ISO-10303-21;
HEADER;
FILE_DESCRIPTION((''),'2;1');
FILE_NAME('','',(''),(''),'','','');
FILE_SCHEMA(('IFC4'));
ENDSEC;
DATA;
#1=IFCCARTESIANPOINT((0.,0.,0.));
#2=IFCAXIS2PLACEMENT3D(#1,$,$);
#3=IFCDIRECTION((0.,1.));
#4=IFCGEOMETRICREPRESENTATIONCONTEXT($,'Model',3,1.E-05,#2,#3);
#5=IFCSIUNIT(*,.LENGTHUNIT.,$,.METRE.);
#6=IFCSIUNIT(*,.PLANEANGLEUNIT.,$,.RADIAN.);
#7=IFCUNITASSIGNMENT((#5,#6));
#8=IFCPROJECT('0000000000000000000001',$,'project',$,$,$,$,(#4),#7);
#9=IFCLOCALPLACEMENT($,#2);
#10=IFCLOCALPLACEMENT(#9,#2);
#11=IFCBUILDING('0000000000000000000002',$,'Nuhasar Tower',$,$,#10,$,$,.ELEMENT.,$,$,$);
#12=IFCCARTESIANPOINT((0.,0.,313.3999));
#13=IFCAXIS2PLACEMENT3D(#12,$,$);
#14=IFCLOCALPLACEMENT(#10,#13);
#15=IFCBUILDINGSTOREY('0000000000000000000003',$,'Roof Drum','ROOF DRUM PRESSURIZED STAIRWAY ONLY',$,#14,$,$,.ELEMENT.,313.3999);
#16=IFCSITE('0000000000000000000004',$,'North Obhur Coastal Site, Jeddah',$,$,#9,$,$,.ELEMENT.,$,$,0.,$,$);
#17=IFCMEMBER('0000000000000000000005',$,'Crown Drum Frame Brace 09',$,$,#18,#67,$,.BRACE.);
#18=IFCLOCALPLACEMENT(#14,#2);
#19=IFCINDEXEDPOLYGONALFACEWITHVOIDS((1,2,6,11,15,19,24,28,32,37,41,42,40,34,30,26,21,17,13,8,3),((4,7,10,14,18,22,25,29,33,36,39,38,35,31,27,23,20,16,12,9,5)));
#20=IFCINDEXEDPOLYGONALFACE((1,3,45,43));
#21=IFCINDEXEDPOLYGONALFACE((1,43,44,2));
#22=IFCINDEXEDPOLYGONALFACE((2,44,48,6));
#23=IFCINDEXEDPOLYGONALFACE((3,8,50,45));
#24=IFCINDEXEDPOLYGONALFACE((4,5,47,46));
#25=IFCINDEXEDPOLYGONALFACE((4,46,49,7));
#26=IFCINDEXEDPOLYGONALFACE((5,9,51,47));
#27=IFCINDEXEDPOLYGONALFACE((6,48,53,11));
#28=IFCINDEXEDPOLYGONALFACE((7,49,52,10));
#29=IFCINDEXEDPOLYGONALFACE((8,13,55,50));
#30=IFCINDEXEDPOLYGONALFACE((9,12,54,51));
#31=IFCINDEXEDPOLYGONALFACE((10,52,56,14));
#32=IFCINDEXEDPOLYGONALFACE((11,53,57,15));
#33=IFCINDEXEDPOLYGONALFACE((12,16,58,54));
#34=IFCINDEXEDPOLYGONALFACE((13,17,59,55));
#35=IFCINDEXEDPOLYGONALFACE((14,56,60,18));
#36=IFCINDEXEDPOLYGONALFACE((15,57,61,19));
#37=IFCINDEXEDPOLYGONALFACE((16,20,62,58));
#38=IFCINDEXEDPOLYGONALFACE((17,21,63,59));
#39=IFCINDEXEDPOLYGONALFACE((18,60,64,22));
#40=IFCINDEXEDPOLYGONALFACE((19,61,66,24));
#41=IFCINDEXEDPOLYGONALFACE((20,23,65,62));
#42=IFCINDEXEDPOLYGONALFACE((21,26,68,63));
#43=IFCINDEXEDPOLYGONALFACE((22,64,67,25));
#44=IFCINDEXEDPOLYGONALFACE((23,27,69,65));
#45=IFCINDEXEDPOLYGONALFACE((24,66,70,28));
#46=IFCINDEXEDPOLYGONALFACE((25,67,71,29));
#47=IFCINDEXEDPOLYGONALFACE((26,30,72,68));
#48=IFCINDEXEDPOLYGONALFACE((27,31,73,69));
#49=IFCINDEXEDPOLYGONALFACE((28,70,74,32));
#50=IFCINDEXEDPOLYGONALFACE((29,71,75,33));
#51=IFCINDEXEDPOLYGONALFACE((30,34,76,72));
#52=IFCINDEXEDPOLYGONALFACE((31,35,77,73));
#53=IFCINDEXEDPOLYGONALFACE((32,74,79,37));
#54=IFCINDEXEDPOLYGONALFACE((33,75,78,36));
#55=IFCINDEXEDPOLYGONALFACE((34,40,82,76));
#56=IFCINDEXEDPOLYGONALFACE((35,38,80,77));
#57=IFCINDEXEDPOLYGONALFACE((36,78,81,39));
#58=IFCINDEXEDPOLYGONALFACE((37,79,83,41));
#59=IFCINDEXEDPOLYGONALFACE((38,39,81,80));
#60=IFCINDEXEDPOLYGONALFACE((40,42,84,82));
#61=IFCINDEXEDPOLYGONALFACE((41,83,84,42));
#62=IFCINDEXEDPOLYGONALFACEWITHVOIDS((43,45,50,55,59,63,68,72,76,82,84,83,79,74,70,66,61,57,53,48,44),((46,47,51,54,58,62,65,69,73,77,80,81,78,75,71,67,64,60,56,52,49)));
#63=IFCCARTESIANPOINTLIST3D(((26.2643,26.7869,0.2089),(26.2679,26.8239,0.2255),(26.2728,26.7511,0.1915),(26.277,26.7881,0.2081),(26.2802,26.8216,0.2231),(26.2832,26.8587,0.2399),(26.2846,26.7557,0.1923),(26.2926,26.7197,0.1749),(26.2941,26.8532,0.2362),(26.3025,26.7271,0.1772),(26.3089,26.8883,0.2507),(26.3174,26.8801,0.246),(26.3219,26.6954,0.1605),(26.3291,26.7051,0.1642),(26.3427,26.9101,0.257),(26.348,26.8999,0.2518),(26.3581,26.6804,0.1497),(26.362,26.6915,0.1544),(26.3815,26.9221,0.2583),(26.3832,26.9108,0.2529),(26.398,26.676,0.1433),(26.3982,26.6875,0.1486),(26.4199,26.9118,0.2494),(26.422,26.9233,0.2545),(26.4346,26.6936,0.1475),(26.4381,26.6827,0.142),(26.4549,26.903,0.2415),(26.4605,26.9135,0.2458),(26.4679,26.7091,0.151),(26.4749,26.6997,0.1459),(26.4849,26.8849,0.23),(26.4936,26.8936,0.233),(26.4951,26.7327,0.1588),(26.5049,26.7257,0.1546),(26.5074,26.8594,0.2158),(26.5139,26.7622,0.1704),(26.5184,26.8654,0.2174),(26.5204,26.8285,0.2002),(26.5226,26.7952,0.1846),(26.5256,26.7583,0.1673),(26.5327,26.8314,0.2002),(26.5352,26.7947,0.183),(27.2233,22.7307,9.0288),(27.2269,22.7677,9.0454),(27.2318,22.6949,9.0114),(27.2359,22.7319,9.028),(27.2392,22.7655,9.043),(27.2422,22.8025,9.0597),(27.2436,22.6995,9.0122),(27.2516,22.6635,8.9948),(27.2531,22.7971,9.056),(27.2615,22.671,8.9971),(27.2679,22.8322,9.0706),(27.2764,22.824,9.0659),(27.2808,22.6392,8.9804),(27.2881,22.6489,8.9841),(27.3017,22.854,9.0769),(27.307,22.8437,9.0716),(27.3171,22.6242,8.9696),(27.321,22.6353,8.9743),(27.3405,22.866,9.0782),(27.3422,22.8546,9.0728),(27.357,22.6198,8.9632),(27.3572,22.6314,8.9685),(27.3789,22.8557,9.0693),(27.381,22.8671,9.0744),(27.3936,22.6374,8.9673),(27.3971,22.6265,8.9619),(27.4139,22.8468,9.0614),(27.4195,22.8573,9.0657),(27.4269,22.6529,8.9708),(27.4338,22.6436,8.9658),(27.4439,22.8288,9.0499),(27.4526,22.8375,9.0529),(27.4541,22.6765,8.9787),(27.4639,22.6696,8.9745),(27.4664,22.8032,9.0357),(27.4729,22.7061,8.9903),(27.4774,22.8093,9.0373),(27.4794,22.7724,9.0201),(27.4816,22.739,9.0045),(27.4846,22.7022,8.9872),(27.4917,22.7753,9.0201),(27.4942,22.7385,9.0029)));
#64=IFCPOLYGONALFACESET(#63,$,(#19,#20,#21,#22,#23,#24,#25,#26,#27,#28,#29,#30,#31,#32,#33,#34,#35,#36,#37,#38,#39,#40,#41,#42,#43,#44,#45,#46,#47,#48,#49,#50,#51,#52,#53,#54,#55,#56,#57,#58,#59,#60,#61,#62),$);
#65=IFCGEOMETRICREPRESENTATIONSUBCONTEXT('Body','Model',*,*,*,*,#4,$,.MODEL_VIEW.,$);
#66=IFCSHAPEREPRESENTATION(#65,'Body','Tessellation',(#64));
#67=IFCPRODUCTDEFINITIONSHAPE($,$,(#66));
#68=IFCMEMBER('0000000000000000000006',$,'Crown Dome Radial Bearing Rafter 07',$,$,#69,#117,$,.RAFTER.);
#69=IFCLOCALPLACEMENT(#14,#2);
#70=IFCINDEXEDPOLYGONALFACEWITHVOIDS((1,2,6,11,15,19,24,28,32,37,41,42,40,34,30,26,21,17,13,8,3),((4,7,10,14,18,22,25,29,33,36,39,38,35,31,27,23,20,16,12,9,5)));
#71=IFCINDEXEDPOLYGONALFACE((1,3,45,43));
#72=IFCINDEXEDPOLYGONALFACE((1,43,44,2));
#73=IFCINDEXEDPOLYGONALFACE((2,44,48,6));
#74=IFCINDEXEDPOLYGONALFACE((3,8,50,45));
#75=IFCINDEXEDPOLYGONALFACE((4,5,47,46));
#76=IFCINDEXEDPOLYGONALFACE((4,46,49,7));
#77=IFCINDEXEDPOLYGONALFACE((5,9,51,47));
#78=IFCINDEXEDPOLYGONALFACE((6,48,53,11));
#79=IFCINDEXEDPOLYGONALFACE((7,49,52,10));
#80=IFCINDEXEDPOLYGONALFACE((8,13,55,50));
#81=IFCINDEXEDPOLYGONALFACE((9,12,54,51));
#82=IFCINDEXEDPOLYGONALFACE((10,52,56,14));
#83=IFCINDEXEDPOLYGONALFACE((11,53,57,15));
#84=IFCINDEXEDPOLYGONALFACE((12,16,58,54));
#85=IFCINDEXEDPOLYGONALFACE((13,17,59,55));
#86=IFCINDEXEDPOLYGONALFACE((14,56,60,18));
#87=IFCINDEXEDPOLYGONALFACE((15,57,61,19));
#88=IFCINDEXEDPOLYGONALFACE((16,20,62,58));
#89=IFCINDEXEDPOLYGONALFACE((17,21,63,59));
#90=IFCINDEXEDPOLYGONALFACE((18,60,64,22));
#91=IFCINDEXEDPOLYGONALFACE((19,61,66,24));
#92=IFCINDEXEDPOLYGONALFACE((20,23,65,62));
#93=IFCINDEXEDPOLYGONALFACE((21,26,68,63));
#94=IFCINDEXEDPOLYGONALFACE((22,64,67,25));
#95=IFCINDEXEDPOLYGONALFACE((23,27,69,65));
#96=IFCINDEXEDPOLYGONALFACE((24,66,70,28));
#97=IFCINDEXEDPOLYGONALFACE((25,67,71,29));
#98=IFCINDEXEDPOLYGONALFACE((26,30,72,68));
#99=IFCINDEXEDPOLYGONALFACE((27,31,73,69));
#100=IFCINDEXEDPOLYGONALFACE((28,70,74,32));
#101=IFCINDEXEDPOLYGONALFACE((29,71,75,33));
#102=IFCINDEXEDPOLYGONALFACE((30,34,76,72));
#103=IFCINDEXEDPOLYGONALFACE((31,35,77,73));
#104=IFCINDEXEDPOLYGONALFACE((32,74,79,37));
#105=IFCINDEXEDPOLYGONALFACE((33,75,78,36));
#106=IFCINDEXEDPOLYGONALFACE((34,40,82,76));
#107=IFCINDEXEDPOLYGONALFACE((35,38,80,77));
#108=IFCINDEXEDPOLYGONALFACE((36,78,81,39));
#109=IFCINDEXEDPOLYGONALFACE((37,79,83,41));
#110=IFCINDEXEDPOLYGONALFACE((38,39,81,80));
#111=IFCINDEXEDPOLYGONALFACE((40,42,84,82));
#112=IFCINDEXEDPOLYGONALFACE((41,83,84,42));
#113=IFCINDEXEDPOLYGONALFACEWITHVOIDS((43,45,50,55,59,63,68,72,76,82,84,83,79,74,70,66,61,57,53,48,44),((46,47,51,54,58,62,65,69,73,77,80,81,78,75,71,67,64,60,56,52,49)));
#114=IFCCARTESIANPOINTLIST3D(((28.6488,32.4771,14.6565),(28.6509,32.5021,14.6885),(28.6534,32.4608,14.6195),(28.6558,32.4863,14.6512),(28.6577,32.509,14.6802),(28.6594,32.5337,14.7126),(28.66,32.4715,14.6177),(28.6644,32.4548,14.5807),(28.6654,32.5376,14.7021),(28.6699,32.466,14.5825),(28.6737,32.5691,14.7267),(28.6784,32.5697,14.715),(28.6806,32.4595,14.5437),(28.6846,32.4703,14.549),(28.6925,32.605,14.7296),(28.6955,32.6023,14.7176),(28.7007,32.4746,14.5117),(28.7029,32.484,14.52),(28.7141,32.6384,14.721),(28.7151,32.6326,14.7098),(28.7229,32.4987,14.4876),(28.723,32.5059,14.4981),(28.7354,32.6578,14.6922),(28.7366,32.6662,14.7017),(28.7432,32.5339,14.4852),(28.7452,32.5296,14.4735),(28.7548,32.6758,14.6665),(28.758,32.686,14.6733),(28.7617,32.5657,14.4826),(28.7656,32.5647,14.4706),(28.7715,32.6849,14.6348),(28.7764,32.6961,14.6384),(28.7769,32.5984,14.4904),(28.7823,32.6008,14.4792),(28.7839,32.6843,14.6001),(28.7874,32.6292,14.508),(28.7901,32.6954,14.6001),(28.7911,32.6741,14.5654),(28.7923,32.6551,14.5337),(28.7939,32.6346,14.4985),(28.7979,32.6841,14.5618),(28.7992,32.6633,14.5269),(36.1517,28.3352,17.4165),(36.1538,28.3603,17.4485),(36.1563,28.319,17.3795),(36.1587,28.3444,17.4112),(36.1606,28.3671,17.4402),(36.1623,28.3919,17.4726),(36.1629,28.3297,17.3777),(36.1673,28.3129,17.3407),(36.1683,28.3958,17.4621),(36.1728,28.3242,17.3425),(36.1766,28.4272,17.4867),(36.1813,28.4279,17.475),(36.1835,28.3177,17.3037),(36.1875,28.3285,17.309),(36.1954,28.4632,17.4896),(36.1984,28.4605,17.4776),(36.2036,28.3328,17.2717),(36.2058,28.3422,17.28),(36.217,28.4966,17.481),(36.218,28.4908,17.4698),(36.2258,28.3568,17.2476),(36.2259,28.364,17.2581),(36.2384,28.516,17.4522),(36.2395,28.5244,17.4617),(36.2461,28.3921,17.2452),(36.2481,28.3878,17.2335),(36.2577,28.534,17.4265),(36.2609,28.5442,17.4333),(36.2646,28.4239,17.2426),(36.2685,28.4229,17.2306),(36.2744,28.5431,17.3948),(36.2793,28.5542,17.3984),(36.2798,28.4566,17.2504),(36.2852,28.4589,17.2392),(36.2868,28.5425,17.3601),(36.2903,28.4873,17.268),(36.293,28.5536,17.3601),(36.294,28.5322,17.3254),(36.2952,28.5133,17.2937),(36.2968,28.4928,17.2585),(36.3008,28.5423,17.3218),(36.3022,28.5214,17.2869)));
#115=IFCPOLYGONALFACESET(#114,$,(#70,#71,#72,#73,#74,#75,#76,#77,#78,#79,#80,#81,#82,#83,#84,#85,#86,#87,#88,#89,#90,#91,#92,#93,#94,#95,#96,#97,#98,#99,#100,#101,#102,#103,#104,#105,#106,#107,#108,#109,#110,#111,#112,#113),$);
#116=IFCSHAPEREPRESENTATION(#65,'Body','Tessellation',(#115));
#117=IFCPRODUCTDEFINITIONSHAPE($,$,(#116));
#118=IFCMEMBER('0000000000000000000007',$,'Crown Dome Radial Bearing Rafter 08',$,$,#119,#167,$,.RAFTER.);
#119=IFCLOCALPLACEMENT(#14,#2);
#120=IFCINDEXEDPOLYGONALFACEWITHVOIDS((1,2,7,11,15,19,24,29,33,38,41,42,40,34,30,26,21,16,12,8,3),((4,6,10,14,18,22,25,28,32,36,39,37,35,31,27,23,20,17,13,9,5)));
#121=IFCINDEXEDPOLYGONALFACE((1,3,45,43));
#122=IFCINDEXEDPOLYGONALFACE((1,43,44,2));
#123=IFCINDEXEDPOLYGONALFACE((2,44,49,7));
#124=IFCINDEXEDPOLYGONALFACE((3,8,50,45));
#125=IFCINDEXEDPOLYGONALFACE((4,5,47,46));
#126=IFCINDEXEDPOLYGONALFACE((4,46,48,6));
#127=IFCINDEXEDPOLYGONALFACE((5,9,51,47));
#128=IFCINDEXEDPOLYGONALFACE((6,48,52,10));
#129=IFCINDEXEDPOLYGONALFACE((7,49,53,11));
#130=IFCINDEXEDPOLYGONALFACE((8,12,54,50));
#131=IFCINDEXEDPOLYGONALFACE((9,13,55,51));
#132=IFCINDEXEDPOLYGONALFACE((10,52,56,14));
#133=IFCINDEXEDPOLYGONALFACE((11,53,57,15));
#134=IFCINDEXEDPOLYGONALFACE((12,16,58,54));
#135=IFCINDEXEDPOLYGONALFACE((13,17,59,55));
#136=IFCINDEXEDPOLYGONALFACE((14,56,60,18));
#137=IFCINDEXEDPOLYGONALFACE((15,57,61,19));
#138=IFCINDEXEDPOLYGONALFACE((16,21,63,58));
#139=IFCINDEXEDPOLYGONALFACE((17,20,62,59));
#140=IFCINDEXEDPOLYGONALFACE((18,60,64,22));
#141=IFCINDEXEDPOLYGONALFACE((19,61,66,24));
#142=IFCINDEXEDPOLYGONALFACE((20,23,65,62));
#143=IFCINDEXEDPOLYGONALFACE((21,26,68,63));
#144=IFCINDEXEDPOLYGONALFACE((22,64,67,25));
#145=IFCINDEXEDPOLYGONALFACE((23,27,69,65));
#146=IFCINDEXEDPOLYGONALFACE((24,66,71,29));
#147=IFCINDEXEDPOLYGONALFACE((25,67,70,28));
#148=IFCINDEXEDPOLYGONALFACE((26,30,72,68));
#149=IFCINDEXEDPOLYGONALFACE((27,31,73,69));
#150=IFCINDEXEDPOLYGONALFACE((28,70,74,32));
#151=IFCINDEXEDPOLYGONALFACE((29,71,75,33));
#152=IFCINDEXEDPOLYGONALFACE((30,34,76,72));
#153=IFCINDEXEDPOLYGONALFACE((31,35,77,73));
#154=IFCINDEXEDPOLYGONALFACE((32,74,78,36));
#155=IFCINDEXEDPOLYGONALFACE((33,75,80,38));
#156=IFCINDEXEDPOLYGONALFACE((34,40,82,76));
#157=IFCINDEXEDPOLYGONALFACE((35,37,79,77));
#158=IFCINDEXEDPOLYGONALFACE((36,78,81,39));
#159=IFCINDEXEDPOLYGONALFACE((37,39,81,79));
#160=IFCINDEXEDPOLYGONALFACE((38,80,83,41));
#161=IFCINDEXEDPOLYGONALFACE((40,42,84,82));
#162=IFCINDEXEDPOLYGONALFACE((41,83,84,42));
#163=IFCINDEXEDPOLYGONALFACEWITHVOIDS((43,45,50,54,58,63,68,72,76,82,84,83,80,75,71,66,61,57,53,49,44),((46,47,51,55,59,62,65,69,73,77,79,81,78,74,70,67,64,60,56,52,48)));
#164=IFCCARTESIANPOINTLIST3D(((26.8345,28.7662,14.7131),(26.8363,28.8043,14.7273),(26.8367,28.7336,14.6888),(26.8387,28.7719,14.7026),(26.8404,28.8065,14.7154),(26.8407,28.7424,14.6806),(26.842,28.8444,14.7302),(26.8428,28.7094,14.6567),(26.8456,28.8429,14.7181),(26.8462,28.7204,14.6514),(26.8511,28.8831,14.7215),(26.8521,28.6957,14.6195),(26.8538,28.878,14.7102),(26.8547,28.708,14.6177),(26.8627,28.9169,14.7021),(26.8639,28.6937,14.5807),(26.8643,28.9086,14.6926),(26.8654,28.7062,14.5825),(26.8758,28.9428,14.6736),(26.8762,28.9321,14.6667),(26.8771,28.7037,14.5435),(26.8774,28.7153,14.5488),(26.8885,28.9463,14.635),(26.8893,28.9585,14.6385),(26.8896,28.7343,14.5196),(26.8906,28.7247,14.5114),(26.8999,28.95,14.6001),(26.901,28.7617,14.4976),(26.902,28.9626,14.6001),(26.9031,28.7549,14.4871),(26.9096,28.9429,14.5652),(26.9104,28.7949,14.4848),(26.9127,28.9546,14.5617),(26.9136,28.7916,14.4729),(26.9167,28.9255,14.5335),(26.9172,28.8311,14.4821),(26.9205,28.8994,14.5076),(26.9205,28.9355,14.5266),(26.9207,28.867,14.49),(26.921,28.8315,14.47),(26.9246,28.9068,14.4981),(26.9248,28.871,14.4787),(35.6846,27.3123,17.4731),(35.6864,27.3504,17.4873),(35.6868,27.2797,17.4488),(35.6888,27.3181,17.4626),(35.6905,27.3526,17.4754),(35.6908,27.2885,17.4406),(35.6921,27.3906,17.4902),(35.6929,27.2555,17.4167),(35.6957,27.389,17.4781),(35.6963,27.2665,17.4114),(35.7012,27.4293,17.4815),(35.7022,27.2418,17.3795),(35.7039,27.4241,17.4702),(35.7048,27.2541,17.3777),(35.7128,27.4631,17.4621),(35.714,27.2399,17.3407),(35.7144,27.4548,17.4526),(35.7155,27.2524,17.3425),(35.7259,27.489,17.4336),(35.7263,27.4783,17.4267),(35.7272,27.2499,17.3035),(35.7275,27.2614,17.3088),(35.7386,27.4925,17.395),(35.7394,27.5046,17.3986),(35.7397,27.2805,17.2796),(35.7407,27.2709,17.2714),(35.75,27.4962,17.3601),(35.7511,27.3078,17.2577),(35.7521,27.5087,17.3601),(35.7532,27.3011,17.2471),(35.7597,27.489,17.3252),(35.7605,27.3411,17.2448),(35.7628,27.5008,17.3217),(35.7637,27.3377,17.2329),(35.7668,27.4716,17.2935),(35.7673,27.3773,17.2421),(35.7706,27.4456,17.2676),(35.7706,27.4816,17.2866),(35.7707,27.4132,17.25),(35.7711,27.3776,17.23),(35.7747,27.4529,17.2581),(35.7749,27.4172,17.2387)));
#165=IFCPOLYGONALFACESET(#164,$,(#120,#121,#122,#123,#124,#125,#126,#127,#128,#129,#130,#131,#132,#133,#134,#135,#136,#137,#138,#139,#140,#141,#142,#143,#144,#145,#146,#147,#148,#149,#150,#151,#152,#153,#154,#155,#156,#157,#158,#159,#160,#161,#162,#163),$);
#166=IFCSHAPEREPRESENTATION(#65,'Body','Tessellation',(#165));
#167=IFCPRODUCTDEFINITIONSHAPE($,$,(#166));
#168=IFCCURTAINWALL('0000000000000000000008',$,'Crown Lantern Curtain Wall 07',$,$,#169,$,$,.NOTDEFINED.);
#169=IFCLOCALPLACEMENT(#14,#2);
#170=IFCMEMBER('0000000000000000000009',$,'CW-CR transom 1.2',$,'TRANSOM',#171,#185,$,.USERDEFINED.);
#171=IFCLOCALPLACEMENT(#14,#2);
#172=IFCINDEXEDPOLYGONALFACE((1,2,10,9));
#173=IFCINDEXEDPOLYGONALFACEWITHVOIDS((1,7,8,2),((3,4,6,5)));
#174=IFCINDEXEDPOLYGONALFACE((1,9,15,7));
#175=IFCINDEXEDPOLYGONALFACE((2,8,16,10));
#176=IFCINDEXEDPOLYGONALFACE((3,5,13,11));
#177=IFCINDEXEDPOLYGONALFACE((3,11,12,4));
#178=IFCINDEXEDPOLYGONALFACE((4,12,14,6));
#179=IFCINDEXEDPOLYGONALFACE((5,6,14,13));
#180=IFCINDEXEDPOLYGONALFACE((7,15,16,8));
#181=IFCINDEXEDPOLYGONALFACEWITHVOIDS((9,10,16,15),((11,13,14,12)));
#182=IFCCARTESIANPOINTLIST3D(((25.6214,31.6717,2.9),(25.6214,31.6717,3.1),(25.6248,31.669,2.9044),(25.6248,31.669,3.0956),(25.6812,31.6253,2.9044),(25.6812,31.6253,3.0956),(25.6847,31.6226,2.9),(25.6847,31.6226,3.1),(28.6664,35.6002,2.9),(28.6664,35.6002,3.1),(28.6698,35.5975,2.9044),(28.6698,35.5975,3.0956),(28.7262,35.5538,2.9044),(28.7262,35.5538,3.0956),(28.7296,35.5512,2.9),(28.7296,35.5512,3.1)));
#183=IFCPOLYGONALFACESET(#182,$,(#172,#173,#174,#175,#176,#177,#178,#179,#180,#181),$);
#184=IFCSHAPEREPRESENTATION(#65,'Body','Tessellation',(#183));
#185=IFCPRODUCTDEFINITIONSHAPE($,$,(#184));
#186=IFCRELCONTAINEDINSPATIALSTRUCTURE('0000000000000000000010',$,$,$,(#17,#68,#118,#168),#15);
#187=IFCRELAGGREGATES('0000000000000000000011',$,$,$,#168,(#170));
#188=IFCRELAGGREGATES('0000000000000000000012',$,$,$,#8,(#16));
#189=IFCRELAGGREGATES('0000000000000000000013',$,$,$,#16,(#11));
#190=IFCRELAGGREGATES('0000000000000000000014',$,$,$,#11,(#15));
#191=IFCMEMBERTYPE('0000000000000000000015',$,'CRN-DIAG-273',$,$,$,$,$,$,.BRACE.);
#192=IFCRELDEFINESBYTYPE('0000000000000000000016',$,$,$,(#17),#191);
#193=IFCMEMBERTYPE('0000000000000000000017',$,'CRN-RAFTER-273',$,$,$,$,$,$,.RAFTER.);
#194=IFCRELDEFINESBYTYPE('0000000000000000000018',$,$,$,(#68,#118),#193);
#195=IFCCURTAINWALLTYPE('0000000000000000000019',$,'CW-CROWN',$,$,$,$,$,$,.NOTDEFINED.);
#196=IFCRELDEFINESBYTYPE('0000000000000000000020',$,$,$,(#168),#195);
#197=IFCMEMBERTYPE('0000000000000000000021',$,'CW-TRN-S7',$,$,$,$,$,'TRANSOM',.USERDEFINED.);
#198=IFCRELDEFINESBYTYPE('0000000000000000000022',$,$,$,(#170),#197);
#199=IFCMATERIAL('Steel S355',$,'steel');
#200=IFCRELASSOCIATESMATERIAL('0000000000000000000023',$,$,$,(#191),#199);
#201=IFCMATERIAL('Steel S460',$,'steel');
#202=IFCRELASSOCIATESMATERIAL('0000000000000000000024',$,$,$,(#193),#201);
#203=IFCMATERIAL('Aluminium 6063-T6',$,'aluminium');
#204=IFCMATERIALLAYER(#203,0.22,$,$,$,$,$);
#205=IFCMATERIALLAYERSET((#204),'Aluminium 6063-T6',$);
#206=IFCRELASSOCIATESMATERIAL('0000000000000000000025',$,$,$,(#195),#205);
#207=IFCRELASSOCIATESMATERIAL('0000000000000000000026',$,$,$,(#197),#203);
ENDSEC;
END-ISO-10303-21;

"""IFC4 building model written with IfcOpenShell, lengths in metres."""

from ifc_helpers import new_model, si_unit, direction, frame, origin, origin_2d, place, context, subcontext, project, spatial, hollow_rectangle, hollow_circle, extrude, material, layer, layer_set, material_profile, profile_set, type_object, element, aggregate, save


model = new_model("IFC4")

# Units and contexts
model_context = context("Model", 3, precision=1e-05, world=origin(), true_north=direction((0.0, 1.0)))
body_context = subcontext(model_context, "Body", "Model", "MODEL_VIEW")
ifc_project = project(units=[si_unit("LENGTHUNIT", "METRE"), si_unit("PLANEANGLEUNIT", "RADIAN")], contexts=[model_context])

# Site, building, storey
site_placement = place(None, origin())
site = spatial("IfcSite", under=ifc_project, at=site_placement, Name="North Obhur Coastal Site, Jeddah", CompositionType="ELEMENT", RefElevation=0.0)
building_placement = place(site_placement, origin())
building = spatial("IfcBuilding", under=site, at=building_placement, Name="Nuhasar Tower", CompositionType="ELEMENT")
storey_placement = place(building_placement, frame((0.0, 0.0, 313.3999)))
storey = spatial("IfcBuildingStorey", under=building, at=storey_placement, Name="Roof Drum", Description="ROOF DRUM PRESSURIZED STAIRWAY ONLY", CompositionType="ELEMENT", Elevation=313.3999)

# Shared definitions
ifc_material_1 = material(Name="Steel S355", Category="steel")
ifc_material_2 = material(Name="Steel S460", Category="steel")

# Members
ifc_material_profile_1 = material_profile(ifc_material_1, hollow_circle(Radius=0.1365, WallThickness=0.0127, at=origin_2d()), Name="HSS273.1X12.7")
ifc_profile_set_1 = profile_set([ifc_material_profile_1], Name="Steel S355")
member_type_1 = type_object("IfcMemberType", Name="CRN-DIAG-273", PredefinedType="BRACE", material=ifc_profile_set_1)
member_1_placement = place(storey_placement, frame((26.3999, 26.8, 0.2002), z_axis=(0.098306, -0.4158, 0.904128), x_axis=(0.973171, 0.230084, 0.0)))
element("IfcMember", 1, at=member_1_placement, inside=storey, type_object=member_type_1, Name="Crown Drum Frame Brace 09", PredefinedType="BRACE", context=body_context, shape_type="SweptSolid", body=[
    extrude(hollow_circle(Radius=0.1365, WallThickness=0.0127, at=origin_2d()), origin(), (0.0, 0.0, 1.0), 9.7551),
])
ifc_material_profile_2 = material_profile(ifc_material_2, hollow_circle(Radius=0.1365, WallThickness=0.0127, at=origin_2d()), Name="HSS273.1X12.7")
ifc_profile_set_2 = profile_set([ifc_material_profile_2], Name="Steel S460")
member_type_2 = type_object("IfcMemberType", Name="CRN-RAFTER-273", PredefinedType="RAFTER", material=ifc_profile_set_2)
member_2_placement = place(storey_placement, frame((28.7241, 32.5759, 14.6001), z_axis=(0.833317, -0.460016, 0.306542), x_axis=(0.483283, 0.875464, 0.0)))
element("IfcMember", 2, at=member_2_placement, inside=storey, type_object=member_type_2, Name="Crown Dome Radial Bearing Rafter 07", PredefinedType="RAFTER", context=body_context, shape_type="SweptSolid", body=[
    extrude(hollow_circle(Radius=0.1365, WallThickness=0.0127, at=origin_2d()), origin(), (0.0, 0.0, 1.0), 9.0037),
])
member_3_placement = place(storey_placement, frame((26.8799, 28.8279, 14.6001), z_axis=(0.943126, -0.154933, 0.294125), x_axis=(0.162103, 0.986774, 0.0)))
element("IfcMember", 3, at=member_3_placement, inside=storey, type_object=member_type_2, Name="Crown Dome Radial Bearing Rafter 08", PredefinedType="RAFTER", context=body_context, shape_type="SweptSolid", body=[
    extrude(hollow_circle(Radius=0.1365, WallThickness=0.0127, at=origin_2d()), origin(), (0.0, 0.0, 1.0), 9.3838),
])

# Curtain wall, member
ifc_material_3 = material(Name="Aluminium 6063-T6", Category="aluminium")
ifc_layer_1 = layer(ifc_material_3, 0.22)
ifc_layer_set_1 = layer_set([ifc_layer_1], Name="Aluminium 6063-T6")
curtain_wall_type = type_object("IfcCurtainWallType", Name="CW-CROWN", PredefinedType="NOTDEFINED", material=ifc_layer_set_1)
curtain_wall_1_placement = place(storey_placement, origin())
curtain_wall_1 = element("IfcCurtainWall", 4, at=curtain_wall_1_placement, inside=storey, type_object=curtain_wall_type, Name="Crown Lantern Curtain Wall 07", PredefinedType="NOTDEFINED")
ifc_material_profile_3 = material_profile(ifc_material_3, hollow_rectangle(XDim=0.0801, YDim=0.2, WallThickness=0.0044, at=origin_2d()), Name="CWT-7")
ifc_profile_set_3 = profile_set([ifc_material_profile_3], Name="Aluminium 6063-T6")
member_type_3 = type_object("IfcMemberType", Name="CW-TRN-S7", ElementType="TRANSOM", PredefinedType="USERDEFINED", material=ifc_profile_set_3)
member_4_placement = place(storey_placement, frame((28.698, 35.5757, 3.0), z_axis=(-0.612617, -0.79038, 0.0), x_axis=(0.79038, -0.612617, 0.0)))
member_4 = element("IfcMember", 5, at=member_4_placement, type_object=member_type_3, Name="CW-CR transom 1.2", ObjectType="TRANSOM", PredefinedType="USERDEFINED", context=body_context, shape_type="SweptSolid", body=[
    extrude(hollow_rectangle(XDim=0.0801, YDim=0.2, WallThickness=0.0044, at=origin_2d()), origin(), (0.0, 0.0, 1.0), 4.9705),
])

aggregate(curtain_wall_1, [member_4])

save(model, "model.ifc")
